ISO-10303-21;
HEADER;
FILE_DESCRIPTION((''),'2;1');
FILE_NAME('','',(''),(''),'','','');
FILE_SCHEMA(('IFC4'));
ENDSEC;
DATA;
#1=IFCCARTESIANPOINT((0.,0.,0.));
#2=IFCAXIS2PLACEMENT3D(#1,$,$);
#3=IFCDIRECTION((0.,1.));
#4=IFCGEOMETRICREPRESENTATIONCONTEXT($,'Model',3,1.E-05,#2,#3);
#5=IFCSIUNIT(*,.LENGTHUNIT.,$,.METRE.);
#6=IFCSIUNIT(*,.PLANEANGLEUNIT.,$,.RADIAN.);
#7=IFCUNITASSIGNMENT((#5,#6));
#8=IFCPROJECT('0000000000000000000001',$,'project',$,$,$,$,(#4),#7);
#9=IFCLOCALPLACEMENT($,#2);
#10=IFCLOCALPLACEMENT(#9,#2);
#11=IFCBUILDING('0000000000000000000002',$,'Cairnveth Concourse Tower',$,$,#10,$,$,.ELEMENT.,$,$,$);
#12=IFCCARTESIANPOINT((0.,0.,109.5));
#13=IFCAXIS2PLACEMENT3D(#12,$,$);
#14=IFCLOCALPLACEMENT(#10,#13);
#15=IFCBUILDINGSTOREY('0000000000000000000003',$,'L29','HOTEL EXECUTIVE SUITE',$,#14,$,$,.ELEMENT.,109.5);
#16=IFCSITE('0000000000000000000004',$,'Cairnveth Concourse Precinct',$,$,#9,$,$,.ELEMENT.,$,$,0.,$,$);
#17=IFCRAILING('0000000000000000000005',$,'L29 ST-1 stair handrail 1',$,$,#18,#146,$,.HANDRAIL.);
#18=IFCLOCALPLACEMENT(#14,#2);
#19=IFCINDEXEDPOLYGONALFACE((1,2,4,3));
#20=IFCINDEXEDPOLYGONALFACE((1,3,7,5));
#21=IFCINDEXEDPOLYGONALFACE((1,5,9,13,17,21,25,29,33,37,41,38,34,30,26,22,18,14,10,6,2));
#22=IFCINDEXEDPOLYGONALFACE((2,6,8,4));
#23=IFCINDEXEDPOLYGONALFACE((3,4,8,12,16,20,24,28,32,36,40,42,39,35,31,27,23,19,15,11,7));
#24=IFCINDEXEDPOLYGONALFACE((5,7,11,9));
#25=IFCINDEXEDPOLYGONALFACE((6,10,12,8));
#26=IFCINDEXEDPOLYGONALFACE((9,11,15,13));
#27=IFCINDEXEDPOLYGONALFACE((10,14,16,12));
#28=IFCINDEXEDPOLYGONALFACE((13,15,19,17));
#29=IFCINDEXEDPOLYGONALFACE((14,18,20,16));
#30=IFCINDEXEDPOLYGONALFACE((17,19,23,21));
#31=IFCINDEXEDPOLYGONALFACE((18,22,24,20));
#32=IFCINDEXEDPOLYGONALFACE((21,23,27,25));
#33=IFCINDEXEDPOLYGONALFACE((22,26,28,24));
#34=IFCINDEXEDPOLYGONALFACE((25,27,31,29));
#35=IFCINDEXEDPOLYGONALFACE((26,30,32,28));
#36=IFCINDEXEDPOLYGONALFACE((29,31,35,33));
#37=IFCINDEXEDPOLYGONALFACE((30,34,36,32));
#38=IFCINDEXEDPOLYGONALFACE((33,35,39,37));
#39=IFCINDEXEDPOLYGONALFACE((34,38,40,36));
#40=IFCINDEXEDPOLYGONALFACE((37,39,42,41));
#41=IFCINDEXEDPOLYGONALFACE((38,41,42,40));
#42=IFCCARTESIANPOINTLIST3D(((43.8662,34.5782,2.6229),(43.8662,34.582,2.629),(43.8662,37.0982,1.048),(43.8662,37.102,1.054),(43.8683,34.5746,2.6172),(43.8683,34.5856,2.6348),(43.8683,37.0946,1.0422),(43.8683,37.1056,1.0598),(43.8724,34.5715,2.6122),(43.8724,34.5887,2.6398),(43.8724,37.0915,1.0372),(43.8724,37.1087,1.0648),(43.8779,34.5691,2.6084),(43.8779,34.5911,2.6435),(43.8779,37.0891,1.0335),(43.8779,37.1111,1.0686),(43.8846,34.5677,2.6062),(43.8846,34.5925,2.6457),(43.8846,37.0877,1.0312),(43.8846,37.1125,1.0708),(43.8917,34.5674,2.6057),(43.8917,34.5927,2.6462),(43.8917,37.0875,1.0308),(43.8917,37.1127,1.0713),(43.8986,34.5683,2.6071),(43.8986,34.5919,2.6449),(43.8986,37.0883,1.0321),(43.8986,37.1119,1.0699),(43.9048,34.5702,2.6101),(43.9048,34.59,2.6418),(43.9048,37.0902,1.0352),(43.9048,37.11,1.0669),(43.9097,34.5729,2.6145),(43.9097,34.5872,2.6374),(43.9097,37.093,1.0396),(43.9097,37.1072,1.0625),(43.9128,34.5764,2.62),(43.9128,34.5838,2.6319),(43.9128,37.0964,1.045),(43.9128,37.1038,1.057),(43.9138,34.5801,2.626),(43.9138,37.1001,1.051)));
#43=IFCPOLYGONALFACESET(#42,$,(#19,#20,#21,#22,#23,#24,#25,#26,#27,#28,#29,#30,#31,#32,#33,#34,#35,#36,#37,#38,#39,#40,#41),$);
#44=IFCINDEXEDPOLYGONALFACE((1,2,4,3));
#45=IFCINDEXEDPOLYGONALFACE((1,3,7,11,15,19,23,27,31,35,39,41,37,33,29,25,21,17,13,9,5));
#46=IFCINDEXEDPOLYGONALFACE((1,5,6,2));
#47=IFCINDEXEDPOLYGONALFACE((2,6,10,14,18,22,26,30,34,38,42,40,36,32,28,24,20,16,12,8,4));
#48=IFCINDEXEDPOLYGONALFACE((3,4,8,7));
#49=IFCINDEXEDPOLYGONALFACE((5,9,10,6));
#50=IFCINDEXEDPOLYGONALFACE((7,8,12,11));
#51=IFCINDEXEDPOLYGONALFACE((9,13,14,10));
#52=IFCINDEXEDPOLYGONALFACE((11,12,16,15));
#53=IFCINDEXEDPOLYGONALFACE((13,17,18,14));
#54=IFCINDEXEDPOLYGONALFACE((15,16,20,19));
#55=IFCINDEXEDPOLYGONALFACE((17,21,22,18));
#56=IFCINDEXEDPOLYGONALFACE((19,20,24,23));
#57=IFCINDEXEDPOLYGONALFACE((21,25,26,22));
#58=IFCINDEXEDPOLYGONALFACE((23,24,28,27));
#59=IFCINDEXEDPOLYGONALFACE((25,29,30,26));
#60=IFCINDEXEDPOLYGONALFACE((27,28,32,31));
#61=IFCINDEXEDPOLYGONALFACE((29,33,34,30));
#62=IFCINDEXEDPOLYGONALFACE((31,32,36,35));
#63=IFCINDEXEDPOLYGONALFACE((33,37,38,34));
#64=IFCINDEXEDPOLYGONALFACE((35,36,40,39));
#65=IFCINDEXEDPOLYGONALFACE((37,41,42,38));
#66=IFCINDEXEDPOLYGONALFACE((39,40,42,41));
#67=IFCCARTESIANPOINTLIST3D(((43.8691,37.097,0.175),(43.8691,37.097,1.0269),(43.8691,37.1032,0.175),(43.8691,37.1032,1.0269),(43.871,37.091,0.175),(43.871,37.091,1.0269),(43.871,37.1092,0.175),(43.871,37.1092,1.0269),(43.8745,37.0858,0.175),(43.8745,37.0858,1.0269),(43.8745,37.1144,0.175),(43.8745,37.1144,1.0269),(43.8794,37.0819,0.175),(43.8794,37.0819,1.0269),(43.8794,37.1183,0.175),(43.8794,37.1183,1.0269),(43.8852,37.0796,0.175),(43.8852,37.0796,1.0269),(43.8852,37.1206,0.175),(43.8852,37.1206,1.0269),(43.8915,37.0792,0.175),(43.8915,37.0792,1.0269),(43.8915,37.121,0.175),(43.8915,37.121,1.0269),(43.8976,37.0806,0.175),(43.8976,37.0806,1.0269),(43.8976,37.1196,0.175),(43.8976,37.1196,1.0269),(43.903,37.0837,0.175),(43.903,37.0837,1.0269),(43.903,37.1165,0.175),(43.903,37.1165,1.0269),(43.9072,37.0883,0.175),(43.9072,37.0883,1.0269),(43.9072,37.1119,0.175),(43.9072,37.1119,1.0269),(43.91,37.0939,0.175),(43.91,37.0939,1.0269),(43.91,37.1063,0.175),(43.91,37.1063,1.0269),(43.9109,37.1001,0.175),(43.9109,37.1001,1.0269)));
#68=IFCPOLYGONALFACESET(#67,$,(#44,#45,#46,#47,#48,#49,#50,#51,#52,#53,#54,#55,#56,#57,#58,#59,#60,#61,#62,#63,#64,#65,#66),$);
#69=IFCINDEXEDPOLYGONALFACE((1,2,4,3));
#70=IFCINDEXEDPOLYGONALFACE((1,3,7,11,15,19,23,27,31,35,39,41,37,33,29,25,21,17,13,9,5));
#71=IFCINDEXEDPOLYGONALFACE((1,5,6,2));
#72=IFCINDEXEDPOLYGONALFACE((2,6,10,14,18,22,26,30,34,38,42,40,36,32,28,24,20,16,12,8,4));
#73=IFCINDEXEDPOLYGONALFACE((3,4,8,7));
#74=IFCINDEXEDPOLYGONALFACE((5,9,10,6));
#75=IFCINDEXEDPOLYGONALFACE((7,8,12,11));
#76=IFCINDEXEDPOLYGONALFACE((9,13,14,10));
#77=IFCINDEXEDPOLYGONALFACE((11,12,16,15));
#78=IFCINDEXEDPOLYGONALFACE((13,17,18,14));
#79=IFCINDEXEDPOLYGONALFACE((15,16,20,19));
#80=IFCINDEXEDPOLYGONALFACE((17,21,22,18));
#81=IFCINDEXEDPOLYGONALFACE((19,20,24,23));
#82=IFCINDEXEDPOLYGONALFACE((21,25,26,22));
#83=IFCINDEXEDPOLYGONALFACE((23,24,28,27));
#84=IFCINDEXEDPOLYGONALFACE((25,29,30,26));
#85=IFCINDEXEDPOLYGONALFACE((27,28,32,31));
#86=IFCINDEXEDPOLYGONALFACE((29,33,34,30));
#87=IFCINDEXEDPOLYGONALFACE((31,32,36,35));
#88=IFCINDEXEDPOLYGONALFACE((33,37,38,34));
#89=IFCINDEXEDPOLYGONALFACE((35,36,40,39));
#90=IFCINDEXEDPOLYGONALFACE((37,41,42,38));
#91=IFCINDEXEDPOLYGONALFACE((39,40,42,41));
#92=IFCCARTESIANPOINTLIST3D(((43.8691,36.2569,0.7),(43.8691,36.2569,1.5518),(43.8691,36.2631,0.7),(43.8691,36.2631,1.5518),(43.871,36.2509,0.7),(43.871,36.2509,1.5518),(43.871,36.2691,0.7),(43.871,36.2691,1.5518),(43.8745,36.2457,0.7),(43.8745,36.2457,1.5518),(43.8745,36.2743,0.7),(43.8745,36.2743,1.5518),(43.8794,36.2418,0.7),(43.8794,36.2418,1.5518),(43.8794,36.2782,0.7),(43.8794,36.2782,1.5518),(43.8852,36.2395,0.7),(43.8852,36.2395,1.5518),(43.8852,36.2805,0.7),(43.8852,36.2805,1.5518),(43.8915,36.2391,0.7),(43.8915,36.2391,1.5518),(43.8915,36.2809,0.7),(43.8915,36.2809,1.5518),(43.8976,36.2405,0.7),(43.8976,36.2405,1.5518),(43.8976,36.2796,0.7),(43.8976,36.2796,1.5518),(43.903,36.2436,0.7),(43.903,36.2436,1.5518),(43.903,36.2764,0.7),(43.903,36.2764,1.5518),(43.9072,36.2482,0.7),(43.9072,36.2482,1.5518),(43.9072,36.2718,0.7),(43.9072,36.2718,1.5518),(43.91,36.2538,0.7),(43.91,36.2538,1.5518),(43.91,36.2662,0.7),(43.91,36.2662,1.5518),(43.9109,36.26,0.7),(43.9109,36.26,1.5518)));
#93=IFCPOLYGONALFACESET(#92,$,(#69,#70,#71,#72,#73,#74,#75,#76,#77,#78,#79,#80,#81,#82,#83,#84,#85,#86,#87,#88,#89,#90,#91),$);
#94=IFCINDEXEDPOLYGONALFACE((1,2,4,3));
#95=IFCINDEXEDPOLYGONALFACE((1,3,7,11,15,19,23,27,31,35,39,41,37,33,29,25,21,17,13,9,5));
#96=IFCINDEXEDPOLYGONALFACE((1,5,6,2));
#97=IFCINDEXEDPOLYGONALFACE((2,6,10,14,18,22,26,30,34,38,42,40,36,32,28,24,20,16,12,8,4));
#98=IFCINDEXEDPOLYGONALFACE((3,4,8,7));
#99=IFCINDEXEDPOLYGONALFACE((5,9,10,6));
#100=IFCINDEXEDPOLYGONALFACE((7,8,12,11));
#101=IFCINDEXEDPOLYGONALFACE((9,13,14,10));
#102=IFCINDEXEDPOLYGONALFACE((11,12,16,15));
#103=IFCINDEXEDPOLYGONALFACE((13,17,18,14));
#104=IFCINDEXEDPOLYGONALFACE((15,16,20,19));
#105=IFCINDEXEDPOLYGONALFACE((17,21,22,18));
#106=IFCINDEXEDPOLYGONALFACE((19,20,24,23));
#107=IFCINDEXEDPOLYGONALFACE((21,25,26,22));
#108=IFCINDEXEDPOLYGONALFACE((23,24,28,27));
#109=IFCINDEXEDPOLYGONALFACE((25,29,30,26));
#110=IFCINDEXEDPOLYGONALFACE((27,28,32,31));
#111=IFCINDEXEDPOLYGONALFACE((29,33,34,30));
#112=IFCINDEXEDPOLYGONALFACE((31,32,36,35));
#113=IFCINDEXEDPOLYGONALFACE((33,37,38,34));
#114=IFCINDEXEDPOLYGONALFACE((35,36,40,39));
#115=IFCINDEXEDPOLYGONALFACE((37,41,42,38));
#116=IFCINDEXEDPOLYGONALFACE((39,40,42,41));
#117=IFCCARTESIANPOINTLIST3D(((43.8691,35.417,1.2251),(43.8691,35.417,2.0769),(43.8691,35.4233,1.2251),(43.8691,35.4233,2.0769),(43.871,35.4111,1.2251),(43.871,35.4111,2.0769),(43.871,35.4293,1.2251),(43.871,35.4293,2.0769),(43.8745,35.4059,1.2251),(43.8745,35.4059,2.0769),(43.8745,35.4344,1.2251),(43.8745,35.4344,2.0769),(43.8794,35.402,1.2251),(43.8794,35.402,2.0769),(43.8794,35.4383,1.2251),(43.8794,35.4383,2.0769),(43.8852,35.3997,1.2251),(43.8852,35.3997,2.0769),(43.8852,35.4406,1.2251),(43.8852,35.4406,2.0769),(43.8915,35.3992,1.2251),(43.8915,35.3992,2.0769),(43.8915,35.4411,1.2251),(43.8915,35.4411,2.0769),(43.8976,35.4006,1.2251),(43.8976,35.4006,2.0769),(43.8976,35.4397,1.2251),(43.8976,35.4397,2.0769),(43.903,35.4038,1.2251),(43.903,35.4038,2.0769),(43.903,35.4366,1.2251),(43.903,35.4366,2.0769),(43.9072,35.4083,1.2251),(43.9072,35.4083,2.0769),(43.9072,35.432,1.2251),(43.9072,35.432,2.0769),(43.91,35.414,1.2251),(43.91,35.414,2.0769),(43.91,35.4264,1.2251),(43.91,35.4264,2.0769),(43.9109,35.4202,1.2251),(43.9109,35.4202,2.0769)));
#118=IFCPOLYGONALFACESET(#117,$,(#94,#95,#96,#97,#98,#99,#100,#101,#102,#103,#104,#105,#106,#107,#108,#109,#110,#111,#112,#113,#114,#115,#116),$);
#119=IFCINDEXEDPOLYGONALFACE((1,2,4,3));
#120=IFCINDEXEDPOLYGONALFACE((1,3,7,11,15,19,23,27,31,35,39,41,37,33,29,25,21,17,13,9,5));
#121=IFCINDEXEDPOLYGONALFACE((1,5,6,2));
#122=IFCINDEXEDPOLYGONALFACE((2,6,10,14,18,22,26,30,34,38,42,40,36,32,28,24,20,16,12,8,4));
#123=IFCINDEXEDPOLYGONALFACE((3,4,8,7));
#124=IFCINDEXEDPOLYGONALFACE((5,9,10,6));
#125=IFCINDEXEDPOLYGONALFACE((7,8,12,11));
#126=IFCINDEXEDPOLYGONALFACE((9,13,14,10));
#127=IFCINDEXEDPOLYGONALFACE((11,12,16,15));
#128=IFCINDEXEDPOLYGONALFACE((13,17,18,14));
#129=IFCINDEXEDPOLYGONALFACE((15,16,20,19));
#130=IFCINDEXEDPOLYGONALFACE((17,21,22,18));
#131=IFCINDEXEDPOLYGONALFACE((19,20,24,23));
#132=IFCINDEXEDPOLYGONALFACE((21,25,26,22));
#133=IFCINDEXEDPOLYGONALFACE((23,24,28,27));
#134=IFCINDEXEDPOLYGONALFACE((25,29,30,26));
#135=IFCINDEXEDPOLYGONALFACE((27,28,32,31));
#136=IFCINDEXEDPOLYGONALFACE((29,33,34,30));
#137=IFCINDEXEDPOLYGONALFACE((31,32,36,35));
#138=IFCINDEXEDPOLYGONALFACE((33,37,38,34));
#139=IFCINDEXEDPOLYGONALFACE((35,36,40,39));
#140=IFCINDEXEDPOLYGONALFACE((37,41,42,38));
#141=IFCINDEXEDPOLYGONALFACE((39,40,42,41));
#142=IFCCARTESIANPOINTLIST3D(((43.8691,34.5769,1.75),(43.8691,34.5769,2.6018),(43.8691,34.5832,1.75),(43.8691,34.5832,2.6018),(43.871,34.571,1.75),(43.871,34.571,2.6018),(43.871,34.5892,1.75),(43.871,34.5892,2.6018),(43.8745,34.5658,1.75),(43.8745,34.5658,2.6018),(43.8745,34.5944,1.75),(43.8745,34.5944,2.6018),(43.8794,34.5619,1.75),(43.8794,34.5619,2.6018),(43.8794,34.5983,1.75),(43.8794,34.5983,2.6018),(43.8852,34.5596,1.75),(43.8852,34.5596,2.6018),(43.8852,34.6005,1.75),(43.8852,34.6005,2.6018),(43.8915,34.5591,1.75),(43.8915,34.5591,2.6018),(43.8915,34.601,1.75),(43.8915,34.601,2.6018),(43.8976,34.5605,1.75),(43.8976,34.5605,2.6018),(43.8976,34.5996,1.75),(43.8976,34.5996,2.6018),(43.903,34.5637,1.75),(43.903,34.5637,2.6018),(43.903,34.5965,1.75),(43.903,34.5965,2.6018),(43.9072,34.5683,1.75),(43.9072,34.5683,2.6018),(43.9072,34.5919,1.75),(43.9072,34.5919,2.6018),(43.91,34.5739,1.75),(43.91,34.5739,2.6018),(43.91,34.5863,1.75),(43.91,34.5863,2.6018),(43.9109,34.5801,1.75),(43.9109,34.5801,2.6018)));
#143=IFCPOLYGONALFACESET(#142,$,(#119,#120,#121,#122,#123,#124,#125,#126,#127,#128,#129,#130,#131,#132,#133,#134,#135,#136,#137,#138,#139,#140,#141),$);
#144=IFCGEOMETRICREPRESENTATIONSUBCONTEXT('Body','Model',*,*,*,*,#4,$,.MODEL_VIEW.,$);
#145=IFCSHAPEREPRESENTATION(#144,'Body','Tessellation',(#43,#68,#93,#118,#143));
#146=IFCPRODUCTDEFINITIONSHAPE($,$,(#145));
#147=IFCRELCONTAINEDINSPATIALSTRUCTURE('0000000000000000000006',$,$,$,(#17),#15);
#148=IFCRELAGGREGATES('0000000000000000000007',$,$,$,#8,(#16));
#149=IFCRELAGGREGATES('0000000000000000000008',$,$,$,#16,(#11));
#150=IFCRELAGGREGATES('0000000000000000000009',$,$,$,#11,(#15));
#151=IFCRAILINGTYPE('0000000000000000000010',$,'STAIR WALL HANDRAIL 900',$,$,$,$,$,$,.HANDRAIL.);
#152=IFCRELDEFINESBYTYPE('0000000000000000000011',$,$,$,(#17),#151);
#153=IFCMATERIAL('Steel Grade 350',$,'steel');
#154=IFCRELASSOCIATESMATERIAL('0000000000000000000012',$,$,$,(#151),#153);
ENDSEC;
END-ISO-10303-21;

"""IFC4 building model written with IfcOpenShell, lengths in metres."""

from ifc_helpers import new_model, si_unit, direction, frame, origin, origin_2d, place, context, subcontext, project, spatial, circle, extrude, material, type_object, element, save


model = new_model("IFC4")

# Units and contexts
model_context = context("Model", 3, precision=1e-05, world=origin(), true_north=direction((0.0, 1.0)))
body_context = subcontext(model_context, "Body", "Model", "MODEL_VIEW")
ifc_project = project(units=[si_unit("LENGTHUNIT", "METRE"), si_unit("PLANEANGLEUNIT", "RADIAN")], contexts=[model_context])

# Site, building, storey
site_placement = place(None, origin())
site = spatial("IfcSite", under=ifc_project, at=site_placement, Name="Cairnveth Concourse Precinct", CompositionType="ELEMENT", RefElevation=0.0)
building_placement = place(site_placement, origin())
building = spatial("IfcBuilding", under=site, at=building_placement, Name="Cairnveth Concourse Tower", CompositionType="ELEMENT")
storey_placement = place(building_placement, frame((0.0, 0.0, 109.5)))
storey = spatial("IfcBuildingStorey", under=building, at=storey_placement, Name="L29", Description="HOTEL EXECUTIVE SUITE", CompositionType="ELEMENT", Elevation=109.5)

# Railing
ifc_material_1 = material(Name="Steel Grade 350", Category="steel")
railing_type_1 = type_object("IfcRailingType", Name="STAIR WALL HANDRAIL 900", PredefinedType="HANDRAIL", material=ifc_material_1)
railing_1_placement = place(storey_placement, frame((43.8899, 37.1001, 0.175)))
element("IfcRailing", 1, at=railing_1_placement, inside=storey, type_object=railing_type_1, Name="L29 ST-1 stair handrail 1", PredefinedType="HANDRAIL", context=body_context, shape_type="SweptSolid", body=[
    extrude(circle(Radius=0.0239, at=origin_2d()), frame((0.0, 0.0, 0.876), z_axis=(0.0, -0.848008, 0.529984), x_axis=(1.0, 0.0, 0.0)), (0.0, 0.0, 1.0), 2.9717),
    extrude(circle(Radius=0.021, at=origin_2d()), origin(), (0.0, 0.0, 1.0), 0.8518),
    extrude(circle(Radius=0.021, at=origin_2d()), frame((0.0, -0.8401, 0.5249)), (0.0, 0.0, 1.0), 0.8518),
    extrude(circle(Radius=0.021, at=origin_2d()), frame((0.0, -1.6799, 1.05)), (0.0, 0.0, 1.0), 0.8518),
    extrude(circle(Radius=0.021, at=origin_2d()), frame((0.0, -2.52, 1.575)), (0.0, 0.0, 1.0), 0.8518),
])

save(model, "model.ifc")
